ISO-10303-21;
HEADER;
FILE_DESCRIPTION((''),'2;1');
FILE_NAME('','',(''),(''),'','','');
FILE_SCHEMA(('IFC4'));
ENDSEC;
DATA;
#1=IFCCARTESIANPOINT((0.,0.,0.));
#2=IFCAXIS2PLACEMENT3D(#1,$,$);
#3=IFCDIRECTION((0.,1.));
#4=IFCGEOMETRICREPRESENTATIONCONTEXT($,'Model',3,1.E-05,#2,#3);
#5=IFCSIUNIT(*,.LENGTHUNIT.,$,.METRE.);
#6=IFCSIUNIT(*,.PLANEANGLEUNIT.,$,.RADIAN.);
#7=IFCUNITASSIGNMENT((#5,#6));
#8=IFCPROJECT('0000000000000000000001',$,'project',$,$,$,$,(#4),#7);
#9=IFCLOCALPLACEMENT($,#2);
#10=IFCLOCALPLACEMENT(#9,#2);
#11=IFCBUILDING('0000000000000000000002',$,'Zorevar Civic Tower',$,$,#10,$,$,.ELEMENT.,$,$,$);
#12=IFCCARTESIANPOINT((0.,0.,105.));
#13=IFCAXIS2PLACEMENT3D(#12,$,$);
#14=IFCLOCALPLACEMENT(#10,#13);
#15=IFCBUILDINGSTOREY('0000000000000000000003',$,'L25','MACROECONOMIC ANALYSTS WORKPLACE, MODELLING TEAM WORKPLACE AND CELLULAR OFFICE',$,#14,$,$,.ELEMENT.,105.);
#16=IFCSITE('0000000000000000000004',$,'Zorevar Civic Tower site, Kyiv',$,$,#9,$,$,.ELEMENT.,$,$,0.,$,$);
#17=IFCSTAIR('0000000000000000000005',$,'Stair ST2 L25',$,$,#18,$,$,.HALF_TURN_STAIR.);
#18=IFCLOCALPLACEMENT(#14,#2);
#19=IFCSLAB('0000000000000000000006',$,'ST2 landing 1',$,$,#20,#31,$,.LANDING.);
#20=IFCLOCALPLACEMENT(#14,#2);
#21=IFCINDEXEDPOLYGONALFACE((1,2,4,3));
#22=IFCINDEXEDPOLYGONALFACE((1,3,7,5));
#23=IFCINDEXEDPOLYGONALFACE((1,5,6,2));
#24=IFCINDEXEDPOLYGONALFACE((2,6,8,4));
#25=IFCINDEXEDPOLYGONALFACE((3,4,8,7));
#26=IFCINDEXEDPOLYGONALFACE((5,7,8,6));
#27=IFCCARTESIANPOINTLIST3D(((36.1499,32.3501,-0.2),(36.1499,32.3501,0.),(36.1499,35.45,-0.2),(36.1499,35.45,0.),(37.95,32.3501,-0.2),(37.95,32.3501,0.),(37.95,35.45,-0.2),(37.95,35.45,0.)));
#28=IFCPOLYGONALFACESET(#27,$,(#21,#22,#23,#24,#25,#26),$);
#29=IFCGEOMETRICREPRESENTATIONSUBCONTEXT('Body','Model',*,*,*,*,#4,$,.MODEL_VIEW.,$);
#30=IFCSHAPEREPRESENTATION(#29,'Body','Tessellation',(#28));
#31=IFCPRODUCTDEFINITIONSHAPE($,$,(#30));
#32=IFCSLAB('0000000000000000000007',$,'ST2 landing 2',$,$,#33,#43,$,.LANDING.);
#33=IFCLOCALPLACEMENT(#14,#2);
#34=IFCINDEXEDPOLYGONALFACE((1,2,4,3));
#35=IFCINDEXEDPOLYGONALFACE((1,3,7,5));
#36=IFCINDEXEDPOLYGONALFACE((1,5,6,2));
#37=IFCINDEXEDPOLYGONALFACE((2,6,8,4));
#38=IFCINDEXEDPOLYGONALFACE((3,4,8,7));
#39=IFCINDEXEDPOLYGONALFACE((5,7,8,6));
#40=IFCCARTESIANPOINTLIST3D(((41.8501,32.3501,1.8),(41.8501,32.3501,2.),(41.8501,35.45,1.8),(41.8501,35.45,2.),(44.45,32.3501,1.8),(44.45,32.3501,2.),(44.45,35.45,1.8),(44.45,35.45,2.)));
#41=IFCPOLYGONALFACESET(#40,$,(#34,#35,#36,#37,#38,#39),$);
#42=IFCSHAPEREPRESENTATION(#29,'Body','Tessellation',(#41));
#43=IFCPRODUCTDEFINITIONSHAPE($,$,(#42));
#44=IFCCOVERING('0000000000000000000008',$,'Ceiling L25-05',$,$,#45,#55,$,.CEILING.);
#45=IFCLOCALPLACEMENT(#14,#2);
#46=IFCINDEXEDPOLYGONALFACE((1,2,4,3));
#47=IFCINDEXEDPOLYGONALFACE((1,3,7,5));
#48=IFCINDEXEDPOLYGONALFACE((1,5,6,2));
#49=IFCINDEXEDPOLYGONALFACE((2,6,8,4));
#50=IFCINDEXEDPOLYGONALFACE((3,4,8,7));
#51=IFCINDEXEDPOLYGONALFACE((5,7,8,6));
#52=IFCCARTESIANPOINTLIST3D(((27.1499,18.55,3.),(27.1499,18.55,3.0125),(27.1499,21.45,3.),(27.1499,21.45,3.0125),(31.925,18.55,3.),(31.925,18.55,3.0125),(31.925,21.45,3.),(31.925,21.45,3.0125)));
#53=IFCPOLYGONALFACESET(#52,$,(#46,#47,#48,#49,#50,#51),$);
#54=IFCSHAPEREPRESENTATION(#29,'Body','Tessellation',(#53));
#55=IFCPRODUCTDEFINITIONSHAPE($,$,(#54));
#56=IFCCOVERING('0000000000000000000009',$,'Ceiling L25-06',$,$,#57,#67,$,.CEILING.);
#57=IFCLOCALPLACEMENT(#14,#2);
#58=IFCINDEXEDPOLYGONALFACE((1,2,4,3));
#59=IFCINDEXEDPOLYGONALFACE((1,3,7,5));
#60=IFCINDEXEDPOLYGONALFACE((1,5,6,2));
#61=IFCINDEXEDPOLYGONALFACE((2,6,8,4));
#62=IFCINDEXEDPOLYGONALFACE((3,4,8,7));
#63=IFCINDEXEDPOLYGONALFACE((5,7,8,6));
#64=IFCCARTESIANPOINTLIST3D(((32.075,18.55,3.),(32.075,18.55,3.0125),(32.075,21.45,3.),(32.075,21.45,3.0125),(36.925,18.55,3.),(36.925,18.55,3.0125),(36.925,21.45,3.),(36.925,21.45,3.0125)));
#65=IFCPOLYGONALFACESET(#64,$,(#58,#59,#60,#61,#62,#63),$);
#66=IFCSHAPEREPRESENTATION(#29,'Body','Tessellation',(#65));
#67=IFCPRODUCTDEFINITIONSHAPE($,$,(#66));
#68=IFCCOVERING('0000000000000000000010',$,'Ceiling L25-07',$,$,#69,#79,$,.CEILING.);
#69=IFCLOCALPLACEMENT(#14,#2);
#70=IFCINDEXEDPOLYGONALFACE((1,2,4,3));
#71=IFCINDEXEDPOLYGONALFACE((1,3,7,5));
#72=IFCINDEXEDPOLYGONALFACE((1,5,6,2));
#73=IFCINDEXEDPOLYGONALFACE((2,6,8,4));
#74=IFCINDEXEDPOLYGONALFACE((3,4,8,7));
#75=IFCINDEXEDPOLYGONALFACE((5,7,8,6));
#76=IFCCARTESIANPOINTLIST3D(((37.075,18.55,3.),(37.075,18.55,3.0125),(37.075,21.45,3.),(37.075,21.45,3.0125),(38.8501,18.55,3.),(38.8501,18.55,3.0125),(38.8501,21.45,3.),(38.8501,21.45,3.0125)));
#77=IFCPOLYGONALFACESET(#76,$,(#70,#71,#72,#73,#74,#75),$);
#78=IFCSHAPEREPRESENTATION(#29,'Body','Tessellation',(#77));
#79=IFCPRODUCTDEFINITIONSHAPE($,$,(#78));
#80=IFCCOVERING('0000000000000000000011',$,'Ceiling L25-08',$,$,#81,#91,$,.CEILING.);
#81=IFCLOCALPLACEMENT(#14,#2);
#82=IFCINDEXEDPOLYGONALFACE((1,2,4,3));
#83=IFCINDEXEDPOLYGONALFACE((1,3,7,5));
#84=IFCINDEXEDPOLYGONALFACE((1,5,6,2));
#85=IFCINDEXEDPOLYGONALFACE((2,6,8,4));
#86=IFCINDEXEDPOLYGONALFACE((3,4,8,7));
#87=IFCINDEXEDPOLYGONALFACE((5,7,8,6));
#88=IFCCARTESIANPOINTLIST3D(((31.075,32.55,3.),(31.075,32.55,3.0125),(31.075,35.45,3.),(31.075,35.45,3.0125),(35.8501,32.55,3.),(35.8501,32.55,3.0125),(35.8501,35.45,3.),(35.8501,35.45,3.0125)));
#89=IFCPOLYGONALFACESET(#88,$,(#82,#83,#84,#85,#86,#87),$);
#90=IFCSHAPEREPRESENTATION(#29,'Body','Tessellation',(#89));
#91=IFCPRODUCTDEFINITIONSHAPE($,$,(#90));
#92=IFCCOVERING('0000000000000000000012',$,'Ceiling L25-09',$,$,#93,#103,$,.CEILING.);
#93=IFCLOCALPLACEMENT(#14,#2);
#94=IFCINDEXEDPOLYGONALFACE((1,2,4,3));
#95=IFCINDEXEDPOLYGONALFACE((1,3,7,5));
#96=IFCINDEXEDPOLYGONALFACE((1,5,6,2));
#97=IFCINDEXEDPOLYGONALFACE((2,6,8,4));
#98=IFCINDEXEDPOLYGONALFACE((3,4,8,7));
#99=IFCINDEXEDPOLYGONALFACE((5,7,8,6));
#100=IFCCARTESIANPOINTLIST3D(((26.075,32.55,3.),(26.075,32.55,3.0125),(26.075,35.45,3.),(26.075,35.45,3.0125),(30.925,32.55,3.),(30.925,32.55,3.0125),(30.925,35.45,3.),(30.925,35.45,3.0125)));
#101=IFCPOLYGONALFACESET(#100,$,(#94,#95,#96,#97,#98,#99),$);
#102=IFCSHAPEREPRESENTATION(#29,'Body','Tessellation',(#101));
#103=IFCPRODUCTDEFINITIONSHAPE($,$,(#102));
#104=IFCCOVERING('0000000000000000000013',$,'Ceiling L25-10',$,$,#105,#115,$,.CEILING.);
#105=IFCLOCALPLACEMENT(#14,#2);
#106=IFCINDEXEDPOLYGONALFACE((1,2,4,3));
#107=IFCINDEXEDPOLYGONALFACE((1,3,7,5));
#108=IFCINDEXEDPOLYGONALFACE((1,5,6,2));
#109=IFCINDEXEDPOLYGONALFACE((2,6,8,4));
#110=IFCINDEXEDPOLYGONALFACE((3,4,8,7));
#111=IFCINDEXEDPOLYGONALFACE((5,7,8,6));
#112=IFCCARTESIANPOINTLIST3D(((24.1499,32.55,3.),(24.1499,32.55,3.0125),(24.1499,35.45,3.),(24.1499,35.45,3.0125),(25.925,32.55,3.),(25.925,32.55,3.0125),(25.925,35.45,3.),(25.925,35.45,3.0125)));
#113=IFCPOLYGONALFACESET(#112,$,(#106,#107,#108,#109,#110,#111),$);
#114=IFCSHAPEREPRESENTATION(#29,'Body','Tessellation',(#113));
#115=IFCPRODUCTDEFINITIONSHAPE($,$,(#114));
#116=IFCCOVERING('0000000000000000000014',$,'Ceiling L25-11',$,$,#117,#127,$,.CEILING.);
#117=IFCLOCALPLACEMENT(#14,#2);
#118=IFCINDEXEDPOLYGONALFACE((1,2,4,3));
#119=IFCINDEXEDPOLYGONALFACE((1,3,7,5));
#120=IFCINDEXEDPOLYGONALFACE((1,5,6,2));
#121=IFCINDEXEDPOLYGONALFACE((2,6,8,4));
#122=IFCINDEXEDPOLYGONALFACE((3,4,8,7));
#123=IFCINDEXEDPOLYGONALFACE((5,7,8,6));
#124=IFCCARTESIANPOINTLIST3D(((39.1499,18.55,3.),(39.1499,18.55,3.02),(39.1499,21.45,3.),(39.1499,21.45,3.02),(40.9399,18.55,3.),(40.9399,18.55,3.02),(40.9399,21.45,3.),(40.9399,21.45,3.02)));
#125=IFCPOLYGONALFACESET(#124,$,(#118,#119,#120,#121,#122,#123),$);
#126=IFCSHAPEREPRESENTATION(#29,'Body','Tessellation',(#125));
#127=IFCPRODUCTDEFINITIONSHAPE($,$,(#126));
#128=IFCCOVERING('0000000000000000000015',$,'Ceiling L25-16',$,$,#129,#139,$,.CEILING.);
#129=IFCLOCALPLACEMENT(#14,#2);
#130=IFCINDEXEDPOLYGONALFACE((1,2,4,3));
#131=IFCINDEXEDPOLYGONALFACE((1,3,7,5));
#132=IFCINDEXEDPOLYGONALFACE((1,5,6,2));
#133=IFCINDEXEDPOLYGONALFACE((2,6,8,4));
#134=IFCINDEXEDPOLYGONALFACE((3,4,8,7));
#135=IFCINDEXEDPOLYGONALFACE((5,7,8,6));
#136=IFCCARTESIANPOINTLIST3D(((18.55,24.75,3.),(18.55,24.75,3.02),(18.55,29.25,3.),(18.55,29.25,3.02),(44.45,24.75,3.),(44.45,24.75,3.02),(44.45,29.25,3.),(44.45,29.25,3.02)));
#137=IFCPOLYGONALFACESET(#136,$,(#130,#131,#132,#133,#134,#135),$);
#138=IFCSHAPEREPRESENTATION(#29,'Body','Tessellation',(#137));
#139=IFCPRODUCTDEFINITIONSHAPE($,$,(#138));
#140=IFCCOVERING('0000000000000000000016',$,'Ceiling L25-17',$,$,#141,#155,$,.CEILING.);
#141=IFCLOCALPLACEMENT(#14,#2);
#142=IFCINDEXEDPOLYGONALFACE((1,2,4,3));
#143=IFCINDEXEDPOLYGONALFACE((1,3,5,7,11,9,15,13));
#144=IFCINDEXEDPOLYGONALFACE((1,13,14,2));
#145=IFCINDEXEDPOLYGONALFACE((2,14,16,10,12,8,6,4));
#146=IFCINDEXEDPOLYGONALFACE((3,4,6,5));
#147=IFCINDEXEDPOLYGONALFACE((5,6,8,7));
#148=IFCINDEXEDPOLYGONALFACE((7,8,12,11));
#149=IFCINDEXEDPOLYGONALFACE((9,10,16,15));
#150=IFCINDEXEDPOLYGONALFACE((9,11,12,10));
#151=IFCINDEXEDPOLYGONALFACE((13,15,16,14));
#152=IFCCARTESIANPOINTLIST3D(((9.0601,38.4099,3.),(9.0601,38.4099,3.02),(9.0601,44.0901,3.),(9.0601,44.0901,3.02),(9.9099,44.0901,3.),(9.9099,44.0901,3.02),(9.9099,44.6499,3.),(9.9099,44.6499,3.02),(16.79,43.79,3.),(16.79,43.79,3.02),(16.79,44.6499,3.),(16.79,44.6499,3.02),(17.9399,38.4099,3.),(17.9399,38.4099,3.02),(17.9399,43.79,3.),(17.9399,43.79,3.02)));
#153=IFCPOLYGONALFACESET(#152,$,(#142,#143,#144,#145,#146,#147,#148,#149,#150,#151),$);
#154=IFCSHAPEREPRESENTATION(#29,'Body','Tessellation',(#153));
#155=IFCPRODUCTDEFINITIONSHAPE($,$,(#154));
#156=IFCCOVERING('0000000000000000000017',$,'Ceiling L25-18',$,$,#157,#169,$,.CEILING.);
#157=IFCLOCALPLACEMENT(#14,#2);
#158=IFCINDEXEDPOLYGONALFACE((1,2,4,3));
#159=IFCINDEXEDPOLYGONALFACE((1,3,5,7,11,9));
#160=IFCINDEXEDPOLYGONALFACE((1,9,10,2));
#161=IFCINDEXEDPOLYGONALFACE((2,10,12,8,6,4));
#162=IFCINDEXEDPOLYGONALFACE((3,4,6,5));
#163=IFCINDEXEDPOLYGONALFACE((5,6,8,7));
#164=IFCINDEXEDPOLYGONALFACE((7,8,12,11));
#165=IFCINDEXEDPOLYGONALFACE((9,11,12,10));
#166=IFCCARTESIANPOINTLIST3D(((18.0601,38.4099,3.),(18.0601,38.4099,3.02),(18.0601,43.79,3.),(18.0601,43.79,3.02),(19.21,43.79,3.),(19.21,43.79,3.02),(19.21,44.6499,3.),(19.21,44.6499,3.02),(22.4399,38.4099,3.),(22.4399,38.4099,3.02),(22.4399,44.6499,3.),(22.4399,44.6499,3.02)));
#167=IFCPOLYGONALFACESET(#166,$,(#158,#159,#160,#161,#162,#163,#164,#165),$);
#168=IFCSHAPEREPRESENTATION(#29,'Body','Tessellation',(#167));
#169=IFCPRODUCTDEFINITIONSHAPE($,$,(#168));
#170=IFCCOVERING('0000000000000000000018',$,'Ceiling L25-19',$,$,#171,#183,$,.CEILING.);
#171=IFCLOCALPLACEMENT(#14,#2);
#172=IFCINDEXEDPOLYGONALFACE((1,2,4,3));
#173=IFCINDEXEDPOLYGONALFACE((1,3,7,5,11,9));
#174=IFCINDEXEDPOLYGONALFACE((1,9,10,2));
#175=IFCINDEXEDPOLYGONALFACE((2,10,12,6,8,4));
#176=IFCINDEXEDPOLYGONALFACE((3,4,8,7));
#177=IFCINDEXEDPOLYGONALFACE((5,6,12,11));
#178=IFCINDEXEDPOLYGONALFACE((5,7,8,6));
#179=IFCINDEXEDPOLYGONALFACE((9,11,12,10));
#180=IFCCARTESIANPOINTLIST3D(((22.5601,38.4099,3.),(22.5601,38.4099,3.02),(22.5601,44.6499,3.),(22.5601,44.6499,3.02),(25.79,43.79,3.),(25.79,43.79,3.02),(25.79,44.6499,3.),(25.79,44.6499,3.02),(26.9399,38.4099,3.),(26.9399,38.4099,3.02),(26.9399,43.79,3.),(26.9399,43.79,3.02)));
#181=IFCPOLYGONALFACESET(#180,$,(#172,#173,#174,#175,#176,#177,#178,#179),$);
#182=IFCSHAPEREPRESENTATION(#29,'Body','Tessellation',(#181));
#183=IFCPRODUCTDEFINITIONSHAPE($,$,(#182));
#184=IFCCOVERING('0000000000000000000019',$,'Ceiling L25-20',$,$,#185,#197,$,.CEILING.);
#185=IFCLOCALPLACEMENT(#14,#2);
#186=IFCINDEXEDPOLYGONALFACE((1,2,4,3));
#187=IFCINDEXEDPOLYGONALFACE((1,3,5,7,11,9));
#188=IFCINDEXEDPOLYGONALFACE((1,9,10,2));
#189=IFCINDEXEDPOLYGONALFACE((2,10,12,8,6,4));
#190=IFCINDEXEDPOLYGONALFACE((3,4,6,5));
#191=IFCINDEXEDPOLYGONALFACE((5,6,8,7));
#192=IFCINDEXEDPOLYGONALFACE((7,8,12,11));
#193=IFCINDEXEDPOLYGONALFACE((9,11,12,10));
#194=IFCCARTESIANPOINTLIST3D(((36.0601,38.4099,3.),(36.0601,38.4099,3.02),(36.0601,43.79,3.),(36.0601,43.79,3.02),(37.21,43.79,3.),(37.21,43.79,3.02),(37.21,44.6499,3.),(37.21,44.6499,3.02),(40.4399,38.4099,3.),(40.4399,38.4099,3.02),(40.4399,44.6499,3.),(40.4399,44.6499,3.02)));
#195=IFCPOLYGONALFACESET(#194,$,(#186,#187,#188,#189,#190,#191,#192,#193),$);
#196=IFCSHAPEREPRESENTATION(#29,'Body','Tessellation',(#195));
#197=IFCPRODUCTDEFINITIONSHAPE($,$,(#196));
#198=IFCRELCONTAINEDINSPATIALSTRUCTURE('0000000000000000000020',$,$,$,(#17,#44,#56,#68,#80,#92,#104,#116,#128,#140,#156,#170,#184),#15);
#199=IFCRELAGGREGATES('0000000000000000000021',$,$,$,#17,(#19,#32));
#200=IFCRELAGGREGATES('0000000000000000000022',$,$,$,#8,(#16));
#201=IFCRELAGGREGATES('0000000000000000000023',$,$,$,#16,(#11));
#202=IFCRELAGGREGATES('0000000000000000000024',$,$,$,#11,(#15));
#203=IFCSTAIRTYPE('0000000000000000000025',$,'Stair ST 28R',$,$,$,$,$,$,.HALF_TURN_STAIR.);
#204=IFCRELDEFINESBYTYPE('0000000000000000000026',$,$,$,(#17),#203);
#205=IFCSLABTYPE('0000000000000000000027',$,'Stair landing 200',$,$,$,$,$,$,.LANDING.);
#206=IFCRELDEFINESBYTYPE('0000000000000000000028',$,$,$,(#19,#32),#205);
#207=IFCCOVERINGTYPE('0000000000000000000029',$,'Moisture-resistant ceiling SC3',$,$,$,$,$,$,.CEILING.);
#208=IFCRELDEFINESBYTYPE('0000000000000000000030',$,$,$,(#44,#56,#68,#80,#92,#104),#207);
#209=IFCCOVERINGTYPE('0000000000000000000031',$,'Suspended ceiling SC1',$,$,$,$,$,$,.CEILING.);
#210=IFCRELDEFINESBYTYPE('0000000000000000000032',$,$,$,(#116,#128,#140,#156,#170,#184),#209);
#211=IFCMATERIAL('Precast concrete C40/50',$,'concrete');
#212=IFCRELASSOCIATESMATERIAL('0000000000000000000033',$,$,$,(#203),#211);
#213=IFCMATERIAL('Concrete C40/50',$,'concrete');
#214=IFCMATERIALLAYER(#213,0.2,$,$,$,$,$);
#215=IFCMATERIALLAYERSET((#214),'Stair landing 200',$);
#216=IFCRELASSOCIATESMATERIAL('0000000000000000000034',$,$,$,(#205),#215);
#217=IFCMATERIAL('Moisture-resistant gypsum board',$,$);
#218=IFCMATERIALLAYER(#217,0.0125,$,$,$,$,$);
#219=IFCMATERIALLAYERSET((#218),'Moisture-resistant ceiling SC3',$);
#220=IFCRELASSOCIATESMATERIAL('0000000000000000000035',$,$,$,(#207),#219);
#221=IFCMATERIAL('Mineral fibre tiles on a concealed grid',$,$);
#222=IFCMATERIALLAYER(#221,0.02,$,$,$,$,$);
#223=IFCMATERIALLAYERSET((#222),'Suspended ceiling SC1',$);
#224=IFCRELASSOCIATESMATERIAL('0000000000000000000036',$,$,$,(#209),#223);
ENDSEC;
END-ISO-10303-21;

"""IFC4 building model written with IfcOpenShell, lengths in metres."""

from ifc_helpers import new_model, si_unit, direction, frame, origin, place, context, subcontext, project, spatial, polyline, outline, extrude, material, layer, layer_set, type_object, element, aggregate, save


model = new_model("IFC4")

# Units and contexts
model_context = context("Model", 3, precision=1e-05, world=origin(), true_north=direction((0.0, 1.0)))
body_context = subcontext(model_context, "Body", "Model", "MODEL_VIEW")
ifc_project = project(units=[si_unit("LENGTHUNIT", "METRE"), si_unit("PLANEANGLEUNIT", "RADIAN")], contexts=[model_context])

# Site, building, storey
site_placement = place(None, origin())
site = spatial("IfcSite", under=ifc_project, at=site_placement, Name="Zorevar Civic Tower site, Kyiv", CompositionType="ELEMENT", RefElevation=0.0)
building_placement = place(site_placement, origin())
building = spatial("IfcBuilding", under=site, at=building_placement, Name="Zorevar Civic Tower", CompositionType="ELEMENT")
storey_placement = place(building_placement, frame((0.0, 0.0, 105.0)))
storey = spatial("IfcBuildingStorey", under=building, at=storey_placement, Name="L25", Description="MACROECONOMIC ANALYSTS WORKPLACE, MODELLING TEAM WORKPLACE AND CELLULAR OFFICE", CompositionType="ELEMENT", Elevation=105.0)

# Stair, slabs
ifc_material_1 = material(Name="Precast concrete C40/50", Category="concrete")
stair_type = type_object("IfcStairType", Name="Stair ST 28R", PredefinedType="HALF_TURN_STAIR", material=ifc_material_1)
ifc_material_2 = material(Name="Concrete C40/50", Category="concrete")
ifc_layer_1 = layer(ifc_material_2, 0.2)
ifc_layer_set_1 = layer_set([ifc_layer_1], Name="Stair landing 200")
slab_type_1 = type_object("IfcSlabType", Name="Stair landing 200", PredefinedType="LANDING", material=ifc_layer_set_1)
stair_1_placement = place(storey_placement, origin())
stair_1 = element("IfcStair", 1, at=stair_1_placement, inside=storey, type_object=stair_type, Name="Stair ST2 L25", PredefinedType="HALF_TURN_STAIR")
slab_1_placement = place(storey_placement, frame((0.0, 0.0, -0.2)))
slab_1 = element("IfcSlab", 2, at=slab_1_placement, type_object=slab_type_1, Name="ST2 landing 1", PredefinedType="LANDING", context=body_context, shape_type="SweptSolid", body=[
    extrude(outline(polyline([(37.95, 32.3501), (36.1499, 32.3501), (36.1499, 35.45), (37.95, 35.45), (37.95, 32.3501)])), origin(), (0.0, 0.0, 1.0), 0.2),
])
slab_2_placement = place(storey_placement, frame((0.0, 0.0, 1.8)))
slab_2 = element("IfcSlab", 3, at=slab_2_placement, type_object=slab_type_1, Name="ST2 landing 2", PredefinedType="LANDING", context=body_context, shape_type="SweptSolid", body=[
    extrude(outline(polyline([(44.45, 32.3501), (41.8501, 32.3501), (41.8501, 35.45), (44.45, 35.45), (44.45, 32.3501)])), origin(), (0.0, 0.0, 1.0), 0.2),
])
aggregate(stair_1, [slab_1, slab_2])

# Coverings
ifc_material_3 = material(Name="Moisture-resistant gypsum board")
ifc_layer_2 = layer(ifc_material_3, 0.0125)
ifc_layer_set_2 = layer_set([ifc_layer_2], Name="Moisture-resistant ceiling SC3")
covering_type_1 = type_object("IfcCoveringType", Name="Moisture-resistant ceiling SC3", PredefinedType="CEILING", material=ifc_layer_set_2)
covering_1_placement = place(storey_placement, frame((0.0, 0.0, 3.0)))
element("IfcCovering", 4, at=covering_1_placement, inside=storey, type_object=covering_type_1, Name="Ceiling L25-05", PredefinedType="CEILING", context=body_context, shape_type="SweptSolid", body=[
    extrude(outline(polyline([(31.925, 18.55), (31.925, 21.45), (27.1499, 21.45), (27.1499, 18.55), (31.925, 18.55)])), origin(), (0.0, 0.0, 1.0), 0.0125),
])
covering_2_placement = place(storey_placement, frame((0.0, 0.0, 3.0)))
element("IfcCovering", 5, at=covering_2_placement, inside=storey, type_object=covering_type_1, Name="Ceiling L25-06", PredefinedType="CEILING", context=body_context, shape_type="SweptSolid", body=[
    extrude(outline(polyline([(36.925, 18.55), (36.925, 21.45), (32.075, 21.45), (32.075, 18.55), (36.925, 18.55)])), origin(), (0.0, 0.0, 1.0), 0.0125),
])
covering_3_placement = place(storey_placement, frame((0.0, 0.0, 3.0)))
element("IfcCovering", 6, at=covering_3_placement, inside=storey, type_object=covering_type_1, Name="Ceiling L25-07", PredefinedType="CEILING", context=body_context, shape_type="SweptSolid", body=[
    extrude(outline(polyline([(38.8501, 18.55), (38.8501, 21.45), (37.075, 21.45), (37.075, 18.55), (38.8501, 18.55)])), origin(), (0.0, 0.0, 1.0), 0.0125),
])
covering_4_placement = place(storey_placement, frame((0.0, 0.0, 3.0)))
element("IfcCovering", 7, at=covering_4_placement, inside=storey, type_object=covering_type_1, Name="Ceiling L25-08", PredefinedType="CEILING", context=body_context, shape_type="SweptSolid", body=[
    extrude(outline(polyline([(35.8501, 32.55), (35.8501, 35.45), (31.075, 35.45), (31.075, 32.55), (35.8501, 32.55)])), origin(), (0.0, 0.0, 1.0), 0.0125),
])
covering_5_placement = place(storey_placement, frame((0.0, 0.0, 3.0)))
element("IfcCovering", 8, at=covering_5_placement, inside=storey, type_object=covering_type_1, Name="Ceiling L25-09", PredefinedType="CEILING", context=body_context, shape_type="SweptSolid", body=[
    extrude(outline(polyline([(30.925, 32.55), (30.925, 35.45), (26.075, 35.45), (26.075, 32.55), (30.925, 32.55)])), origin(), (0.0, 0.0, 1.0), 0.0125),
])
covering_6_placement = place(storey_placement, frame((0.0, 0.0, 3.0)))
element("IfcCovering", 9, at=covering_6_placement, inside=storey, type_object=covering_type_1, Name="Ceiling L25-10", PredefinedType="CEILING", context=body_context, shape_type="SweptSolid", body=[
    extrude(outline(polyline([(25.925, 32.55), (25.925, 35.45), (24.1499, 35.45), (24.1499, 32.55), (25.925, 32.55)])), origin(), (0.0, 0.0, 1.0), 0.0125),
])
ifc_material_4 = material(Name="Mineral fibre tiles on a concealed grid")
ifc_layer_3 = layer(ifc_material_4, 0.02)
ifc_layer_set_3 = layer_set([ifc_layer_3], Name="Suspended ceiling SC1")
covering_type_2 = type_object("IfcCoveringType", Name="Suspended ceiling SC1", PredefinedType="CEILING", material=ifc_layer_set_3)
covering_7_placement = place(storey_placement, frame((0.0, 0.0, 3.0)))
element("IfcCovering", 10, at=covering_7_placement, inside=storey, type_object=covering_type_2, Name="Ceiling L25-11", PredefinedType="CEILING", context=body_context, shape_type="SweptSolid", body=[
    extrude(outline(polyline([(40.9399, 18.55), (40.9399, 21.45), (39.1499, 21.45), (39.1499, 18.55), (40.9399, 18.55)])), origin(), (0.0, 0.0, 1.0), 0.02),
])
covering_8_placement = place(storey_placement, frame((0.0, 0.0, 3.0)))
element("IfcCovering", 11, at=covering_8_placement, inside=storey, type_object=covering_type_2, Name="Ceiling L25-16", PredefinedType="CEILING", context=body_context, shape_type="SweptSolid", body=[
    extrude(outline(polyline([(44.45, 24.75), (44.45, 29.25), (18.55, 29.25), (18.55, 24.75), (44.45, 24.75)])), origin(), (0.0, 0.0, 1.0), 0.02),
])
covering_9_placement = place(storey_placement, frame((0.0, 0.0, 3.0)))
element("IfcCovering", 12, at=covering_9_placement, inside=storey, type_object=covering_type_2, Name="Ceiling L25-17", PredefinedType="CEILING", context=body_context, shape_type="SweptSolid", body=[
    extrude(outline(polyline([(9.9099, 44.0901), (9.9099, 44.6499), (16.79, 44.6499), (16.79, 43.79), (17.9399, 43.79), (17.9399, 38.4099), (9.0601, 38.4099), (9.0601, 44.0901), (9.9099, 44.0901)])), origin(), (0.0, 0.0, 1.0), 0.02),
])
covering_10_placement = place(storey_placement, frame((0.0, 0.0, 3.0)))
element("IfcCovering", 13, at=covering_10_placement, inside=storey, type_object=covering_type_2, Name="Ceiling L25-18", PredefinedType="CEILING", context=body_context, shape_type="SweptSolid", body=[
    extrude(outline(polyline([(18.0601, 38.4099), (18.0601, 43.79), (19.21, 43.79), (19.21, 44.6499), (22.4399, 44.6499), (22.4399, 38.4099), (18.0601, 38.4099)])), origin(), (0.0, 0.0, 1.0), 0.02),
])
covering_11_placement = place(storey_placement, frame((0.0, 0.0, 3.0)))
element("IfcCovering", 14, at=covering_11_placement, inside=storey, type_object=covering_type_2, Name="Ceiling L25-19", PredefinedType="CEILING", context=body_context, shape_type="SweptSolid", body=[
    extrude(outline(polyline([(22.5601, 38.4099), (22.5601, 44.6499), (25.79, 44.6499), (25.79, 43.79), (26.9399, 43.79), (26.9399, 38.4099), (22.5601, 38.4099)])), origin(), (0.0, 0.0, 1.0), 0.02),
])
covering_12_placement = place(storey_placement, frame((0.0, 0.0, 3.0)))
element("IfcCovering", 15, at=covering_12_placement, inside=storey, type_object=covering_type_2, Name="Ceiling L25-20", PredefinedType="CEILING", context=body_context, shape_type="SweptSolid", body=[
    extrude(outline(polyline([(36.0601, 38.4099), (36.0601, 43.79), (37.21, 43.79), (37.21, 44.6499), (40.4399, 44.6499), (40.4399, 38.4099), (36.0601, 38.4099)])), origin(), (0.0, 0.0, 1.0), 0.02),
])

save(model, "model.ifc")
